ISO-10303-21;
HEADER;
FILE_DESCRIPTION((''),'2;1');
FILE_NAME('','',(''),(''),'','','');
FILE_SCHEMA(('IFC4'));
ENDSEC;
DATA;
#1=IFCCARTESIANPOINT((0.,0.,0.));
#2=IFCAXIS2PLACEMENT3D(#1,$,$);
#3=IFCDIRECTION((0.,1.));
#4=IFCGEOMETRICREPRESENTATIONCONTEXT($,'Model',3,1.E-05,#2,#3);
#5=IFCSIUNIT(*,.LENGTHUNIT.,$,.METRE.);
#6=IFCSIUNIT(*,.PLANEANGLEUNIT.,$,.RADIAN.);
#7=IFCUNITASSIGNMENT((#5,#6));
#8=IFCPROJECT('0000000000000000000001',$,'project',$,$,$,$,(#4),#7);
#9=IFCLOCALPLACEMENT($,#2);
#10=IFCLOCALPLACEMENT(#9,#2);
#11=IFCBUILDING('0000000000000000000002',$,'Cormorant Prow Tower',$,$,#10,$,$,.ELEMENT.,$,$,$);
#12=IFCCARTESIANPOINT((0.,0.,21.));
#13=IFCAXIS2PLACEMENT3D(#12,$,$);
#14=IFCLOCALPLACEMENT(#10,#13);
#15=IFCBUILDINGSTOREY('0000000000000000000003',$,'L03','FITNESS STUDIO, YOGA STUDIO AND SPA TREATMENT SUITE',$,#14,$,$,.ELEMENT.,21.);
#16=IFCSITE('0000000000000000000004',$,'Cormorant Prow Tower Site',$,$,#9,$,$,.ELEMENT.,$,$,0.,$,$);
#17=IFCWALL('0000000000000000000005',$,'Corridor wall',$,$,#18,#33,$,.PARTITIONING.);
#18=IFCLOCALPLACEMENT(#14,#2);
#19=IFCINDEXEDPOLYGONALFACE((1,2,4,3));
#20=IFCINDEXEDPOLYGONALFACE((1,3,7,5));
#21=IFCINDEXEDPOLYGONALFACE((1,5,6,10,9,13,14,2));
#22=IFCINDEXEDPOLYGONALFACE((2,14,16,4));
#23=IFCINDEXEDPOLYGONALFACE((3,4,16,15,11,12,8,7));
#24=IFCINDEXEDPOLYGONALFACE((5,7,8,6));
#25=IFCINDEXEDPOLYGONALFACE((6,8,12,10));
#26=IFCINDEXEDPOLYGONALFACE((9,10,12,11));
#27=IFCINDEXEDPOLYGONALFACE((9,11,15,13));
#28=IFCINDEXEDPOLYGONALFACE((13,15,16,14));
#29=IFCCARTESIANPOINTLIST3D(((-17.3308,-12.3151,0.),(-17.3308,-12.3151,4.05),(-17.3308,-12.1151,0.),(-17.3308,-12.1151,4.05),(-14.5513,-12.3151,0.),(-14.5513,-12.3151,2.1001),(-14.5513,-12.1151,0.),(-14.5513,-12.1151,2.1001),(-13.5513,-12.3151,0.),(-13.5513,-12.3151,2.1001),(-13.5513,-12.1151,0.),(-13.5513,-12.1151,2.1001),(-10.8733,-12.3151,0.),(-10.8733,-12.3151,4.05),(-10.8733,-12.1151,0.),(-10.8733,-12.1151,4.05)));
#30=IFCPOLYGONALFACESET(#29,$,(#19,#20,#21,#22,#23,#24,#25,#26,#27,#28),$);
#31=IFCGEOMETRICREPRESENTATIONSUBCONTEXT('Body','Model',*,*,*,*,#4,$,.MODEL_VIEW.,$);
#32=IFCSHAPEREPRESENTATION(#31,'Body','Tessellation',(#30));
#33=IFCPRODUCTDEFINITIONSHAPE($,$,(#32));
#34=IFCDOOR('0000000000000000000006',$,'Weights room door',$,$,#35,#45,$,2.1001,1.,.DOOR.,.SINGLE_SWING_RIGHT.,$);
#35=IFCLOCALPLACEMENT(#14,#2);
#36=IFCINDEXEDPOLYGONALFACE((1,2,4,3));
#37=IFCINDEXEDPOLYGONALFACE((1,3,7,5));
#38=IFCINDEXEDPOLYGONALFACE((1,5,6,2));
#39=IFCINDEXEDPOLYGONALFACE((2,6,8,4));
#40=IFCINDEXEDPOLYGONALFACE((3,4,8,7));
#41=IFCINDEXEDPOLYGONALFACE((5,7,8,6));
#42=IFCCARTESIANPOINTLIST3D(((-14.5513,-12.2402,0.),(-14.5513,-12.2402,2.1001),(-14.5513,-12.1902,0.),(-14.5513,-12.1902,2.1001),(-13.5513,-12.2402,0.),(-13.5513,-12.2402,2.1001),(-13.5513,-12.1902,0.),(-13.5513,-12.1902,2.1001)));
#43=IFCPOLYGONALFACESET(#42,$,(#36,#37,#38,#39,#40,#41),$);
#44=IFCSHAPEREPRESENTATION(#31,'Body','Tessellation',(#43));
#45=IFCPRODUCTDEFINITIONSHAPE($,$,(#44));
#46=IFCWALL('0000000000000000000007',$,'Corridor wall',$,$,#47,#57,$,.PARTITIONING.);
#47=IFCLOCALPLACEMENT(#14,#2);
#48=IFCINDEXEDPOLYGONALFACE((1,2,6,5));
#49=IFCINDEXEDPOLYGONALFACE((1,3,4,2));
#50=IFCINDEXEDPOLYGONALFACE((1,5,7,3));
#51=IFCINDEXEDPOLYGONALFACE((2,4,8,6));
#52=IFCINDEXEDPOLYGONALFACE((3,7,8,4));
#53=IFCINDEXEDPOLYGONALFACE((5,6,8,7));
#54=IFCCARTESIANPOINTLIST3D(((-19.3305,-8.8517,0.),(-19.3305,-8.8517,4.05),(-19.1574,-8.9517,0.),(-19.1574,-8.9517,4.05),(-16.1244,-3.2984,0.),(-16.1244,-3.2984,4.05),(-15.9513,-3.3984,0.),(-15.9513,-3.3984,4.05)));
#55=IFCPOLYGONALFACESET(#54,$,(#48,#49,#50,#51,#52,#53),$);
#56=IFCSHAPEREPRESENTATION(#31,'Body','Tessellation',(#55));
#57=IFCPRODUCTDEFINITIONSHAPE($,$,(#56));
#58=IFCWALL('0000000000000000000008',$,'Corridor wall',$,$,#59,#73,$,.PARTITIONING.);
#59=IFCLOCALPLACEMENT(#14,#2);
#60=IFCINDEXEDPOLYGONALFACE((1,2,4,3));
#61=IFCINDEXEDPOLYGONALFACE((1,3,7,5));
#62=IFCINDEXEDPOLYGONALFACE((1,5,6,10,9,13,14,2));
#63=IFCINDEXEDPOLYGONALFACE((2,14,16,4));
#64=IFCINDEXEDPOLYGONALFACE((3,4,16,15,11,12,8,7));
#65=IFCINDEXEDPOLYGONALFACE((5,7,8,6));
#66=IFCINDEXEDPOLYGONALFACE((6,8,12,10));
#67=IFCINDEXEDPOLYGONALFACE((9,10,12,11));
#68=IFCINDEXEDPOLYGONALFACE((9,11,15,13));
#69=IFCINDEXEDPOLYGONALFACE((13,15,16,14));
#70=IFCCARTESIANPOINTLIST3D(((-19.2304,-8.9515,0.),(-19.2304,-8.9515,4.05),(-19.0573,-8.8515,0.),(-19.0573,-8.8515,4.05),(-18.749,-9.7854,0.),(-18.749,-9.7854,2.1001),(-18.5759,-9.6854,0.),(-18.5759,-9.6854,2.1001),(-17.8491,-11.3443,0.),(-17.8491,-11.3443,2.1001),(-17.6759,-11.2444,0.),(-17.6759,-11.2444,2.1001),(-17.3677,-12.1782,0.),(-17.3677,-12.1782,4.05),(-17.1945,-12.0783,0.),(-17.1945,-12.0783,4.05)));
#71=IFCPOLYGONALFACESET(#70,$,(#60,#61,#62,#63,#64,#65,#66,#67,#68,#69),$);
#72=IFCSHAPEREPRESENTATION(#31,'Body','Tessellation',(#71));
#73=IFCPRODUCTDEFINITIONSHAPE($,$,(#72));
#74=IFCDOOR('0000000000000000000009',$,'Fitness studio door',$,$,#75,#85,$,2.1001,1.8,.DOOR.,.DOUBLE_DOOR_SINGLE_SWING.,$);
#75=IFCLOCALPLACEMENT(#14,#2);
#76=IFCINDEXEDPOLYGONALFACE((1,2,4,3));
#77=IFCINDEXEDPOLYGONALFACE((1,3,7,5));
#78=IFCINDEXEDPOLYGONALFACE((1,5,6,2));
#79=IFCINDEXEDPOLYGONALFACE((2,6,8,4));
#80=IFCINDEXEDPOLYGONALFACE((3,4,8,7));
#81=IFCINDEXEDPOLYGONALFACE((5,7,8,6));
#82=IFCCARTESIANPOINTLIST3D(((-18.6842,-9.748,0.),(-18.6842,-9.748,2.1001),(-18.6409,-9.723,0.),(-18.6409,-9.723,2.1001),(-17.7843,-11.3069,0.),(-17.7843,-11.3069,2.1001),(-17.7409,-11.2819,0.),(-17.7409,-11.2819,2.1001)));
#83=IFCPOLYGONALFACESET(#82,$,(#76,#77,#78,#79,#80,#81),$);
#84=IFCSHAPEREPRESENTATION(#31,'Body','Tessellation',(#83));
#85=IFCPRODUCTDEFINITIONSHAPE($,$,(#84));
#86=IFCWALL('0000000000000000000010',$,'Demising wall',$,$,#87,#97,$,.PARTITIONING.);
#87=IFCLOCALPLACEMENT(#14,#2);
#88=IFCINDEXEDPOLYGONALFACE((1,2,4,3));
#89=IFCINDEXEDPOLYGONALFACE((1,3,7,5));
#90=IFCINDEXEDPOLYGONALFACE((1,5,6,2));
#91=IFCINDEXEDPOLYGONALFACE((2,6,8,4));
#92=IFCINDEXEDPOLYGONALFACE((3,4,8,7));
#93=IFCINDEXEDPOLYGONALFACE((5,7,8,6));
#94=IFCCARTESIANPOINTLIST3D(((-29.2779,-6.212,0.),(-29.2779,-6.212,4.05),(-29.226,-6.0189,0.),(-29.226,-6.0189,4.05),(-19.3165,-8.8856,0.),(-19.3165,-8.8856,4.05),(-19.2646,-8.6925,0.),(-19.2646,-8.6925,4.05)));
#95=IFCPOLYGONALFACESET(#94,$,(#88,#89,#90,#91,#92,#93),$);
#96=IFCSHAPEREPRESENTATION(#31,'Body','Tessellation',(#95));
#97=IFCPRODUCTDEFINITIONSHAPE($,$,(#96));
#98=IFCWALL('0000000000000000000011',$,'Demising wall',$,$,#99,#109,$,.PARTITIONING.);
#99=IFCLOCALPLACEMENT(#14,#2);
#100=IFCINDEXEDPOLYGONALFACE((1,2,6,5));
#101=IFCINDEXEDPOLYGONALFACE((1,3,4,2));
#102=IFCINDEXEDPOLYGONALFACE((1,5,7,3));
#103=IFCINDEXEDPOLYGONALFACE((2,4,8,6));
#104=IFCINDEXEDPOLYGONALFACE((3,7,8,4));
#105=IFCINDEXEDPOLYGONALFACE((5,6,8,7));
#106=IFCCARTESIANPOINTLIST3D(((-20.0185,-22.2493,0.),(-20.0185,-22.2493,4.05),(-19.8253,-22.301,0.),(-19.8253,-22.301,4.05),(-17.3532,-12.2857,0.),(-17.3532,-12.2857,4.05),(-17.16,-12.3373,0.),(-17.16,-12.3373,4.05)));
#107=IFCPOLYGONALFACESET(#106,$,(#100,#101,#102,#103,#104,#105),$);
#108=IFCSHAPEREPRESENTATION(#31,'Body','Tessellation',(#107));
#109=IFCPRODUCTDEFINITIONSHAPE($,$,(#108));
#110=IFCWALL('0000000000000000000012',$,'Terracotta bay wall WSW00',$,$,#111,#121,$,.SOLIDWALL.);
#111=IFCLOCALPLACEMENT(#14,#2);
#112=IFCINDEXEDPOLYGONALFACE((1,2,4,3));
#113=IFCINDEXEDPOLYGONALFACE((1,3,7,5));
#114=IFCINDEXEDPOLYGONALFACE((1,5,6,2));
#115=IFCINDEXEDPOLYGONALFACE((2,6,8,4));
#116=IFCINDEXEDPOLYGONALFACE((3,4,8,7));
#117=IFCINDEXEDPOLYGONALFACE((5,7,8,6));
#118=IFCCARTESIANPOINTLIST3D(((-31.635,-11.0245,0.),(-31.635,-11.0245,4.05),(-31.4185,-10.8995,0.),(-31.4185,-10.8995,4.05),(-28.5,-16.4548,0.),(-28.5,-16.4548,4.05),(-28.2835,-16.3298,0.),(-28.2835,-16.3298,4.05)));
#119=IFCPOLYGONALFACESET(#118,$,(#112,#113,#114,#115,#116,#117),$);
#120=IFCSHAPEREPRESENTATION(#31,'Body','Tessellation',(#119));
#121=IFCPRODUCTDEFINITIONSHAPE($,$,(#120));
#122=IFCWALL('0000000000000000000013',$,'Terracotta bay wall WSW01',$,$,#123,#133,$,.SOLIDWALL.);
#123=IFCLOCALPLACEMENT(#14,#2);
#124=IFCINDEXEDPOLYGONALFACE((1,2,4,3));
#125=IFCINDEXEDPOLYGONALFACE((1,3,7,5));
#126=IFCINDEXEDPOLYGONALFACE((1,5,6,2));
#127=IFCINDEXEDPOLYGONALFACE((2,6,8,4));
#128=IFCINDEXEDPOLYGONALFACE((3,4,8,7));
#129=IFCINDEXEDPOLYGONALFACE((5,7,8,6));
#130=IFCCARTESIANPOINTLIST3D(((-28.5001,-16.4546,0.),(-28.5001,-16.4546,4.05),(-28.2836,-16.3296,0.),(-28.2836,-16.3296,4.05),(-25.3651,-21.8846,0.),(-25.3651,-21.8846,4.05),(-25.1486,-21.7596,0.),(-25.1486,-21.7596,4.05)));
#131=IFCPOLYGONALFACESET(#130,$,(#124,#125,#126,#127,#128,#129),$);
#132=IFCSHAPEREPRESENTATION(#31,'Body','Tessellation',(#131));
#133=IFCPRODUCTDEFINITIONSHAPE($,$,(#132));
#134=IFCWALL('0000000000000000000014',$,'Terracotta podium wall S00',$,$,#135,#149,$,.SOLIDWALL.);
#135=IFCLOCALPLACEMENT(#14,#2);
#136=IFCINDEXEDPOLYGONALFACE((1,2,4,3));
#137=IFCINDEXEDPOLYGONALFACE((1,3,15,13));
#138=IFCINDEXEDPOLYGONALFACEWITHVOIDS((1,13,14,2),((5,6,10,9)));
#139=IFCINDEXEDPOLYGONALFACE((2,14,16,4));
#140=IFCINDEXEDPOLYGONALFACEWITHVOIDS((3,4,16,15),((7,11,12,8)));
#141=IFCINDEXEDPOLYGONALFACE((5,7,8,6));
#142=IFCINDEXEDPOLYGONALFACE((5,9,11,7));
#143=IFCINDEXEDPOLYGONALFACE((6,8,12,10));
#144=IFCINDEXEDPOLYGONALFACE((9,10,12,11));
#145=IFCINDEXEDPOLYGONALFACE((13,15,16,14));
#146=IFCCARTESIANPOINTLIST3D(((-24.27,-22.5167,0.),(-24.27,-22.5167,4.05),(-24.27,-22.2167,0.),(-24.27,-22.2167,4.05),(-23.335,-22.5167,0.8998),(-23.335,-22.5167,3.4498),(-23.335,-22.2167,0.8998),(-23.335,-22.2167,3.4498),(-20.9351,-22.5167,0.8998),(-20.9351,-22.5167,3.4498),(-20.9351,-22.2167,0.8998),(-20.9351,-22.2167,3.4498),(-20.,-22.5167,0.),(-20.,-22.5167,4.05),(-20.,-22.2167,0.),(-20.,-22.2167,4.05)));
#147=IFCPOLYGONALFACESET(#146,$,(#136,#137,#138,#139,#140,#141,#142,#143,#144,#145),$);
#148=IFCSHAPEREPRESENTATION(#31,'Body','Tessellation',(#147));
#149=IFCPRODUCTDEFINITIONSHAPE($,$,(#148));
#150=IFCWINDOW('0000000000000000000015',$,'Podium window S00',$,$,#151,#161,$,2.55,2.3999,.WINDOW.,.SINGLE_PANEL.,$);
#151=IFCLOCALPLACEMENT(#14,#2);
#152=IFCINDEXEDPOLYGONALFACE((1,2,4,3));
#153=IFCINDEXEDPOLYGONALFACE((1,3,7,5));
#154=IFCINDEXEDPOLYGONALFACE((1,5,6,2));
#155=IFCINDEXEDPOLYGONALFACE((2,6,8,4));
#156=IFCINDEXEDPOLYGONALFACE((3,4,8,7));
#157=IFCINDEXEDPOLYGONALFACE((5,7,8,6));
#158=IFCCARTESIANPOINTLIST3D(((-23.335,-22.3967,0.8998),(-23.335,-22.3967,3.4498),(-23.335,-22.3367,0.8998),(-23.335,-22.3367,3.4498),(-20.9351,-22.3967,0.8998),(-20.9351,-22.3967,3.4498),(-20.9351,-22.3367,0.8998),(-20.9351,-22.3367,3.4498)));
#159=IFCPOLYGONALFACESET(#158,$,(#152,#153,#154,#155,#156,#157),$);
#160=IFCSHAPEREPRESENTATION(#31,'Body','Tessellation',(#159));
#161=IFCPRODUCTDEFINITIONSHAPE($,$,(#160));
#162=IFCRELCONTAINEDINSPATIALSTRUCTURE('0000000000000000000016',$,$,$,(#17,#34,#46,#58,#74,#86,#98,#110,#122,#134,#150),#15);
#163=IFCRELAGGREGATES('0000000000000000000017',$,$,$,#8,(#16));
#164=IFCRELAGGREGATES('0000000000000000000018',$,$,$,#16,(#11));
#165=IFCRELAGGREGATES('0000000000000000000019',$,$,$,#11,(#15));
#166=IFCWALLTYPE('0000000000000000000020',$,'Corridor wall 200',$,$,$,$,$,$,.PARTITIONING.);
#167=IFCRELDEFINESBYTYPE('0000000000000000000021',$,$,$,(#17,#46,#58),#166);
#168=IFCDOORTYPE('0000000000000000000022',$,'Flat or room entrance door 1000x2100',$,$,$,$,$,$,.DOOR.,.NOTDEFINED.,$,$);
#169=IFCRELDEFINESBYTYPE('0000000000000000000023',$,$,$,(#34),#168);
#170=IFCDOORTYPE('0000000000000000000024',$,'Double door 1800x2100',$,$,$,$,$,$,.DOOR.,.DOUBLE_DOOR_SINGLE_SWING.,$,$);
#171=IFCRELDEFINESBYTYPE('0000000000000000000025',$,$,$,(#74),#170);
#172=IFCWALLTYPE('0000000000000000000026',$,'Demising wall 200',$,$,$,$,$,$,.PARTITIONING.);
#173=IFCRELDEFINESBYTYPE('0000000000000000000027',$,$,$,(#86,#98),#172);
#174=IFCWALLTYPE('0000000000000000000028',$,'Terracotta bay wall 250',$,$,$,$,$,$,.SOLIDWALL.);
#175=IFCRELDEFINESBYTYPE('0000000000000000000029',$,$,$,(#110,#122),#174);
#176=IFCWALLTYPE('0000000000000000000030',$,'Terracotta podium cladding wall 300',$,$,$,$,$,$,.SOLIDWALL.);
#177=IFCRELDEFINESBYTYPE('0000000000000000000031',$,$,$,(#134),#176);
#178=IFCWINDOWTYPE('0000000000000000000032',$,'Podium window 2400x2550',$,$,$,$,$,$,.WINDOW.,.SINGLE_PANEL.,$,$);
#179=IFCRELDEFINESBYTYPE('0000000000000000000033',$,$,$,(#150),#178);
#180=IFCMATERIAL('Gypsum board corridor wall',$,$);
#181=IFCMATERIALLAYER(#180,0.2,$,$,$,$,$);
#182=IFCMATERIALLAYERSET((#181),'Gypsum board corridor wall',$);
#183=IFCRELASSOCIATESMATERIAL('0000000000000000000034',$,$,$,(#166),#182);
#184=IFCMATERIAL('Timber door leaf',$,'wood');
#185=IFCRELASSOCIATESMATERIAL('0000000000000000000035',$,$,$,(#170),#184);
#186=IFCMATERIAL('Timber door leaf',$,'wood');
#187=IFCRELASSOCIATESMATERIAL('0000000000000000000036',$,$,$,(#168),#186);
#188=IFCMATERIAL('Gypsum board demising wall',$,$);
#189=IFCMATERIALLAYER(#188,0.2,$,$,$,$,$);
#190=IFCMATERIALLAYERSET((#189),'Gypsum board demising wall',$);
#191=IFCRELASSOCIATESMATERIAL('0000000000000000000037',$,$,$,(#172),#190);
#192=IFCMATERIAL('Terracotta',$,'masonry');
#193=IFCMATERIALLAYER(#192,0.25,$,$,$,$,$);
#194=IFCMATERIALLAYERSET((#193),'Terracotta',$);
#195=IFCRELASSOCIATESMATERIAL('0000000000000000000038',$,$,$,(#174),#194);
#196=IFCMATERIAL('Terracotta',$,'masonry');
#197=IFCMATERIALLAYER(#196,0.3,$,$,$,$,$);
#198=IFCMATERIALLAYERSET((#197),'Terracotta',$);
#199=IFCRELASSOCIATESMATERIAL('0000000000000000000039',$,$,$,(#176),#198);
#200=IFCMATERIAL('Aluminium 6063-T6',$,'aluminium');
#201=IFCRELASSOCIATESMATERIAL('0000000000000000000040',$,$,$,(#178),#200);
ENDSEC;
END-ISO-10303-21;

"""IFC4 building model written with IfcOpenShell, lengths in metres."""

from ifc_helpers import new_model, si_unit, direction, frame, frame_2d, origin, place, context, subcontext, project, spatial, rectangle, extrude, material, layer, layer_set, type_object, element, fill, save


model = new_model("IFC4")

# Units and contexts
model_context = context("Model", 3, precision=1e-05, world=origin(), true_north=direction((0.0, 1.0)))
body_context = subcontext(model_context, "Body", "Model", "MODEL_VIEW")
ifc_project = project(units=[si_unit("LENGTHUNIT", "METRE"), si_unit("PLANEANGLEUNIT", "RADIAN")], contexts=[model_context])

# Site, building, storey
site_placement = place(None, origin())
site = spatial("IfcSite", under=ifc_project, at=site_placement, Name="Cormorant Prow Tower Site", CompositionType="ELEMENT", RefElevation=0.0)
building_placement = place(site_placement, origin())
building = spatial("IfcBuilding", under=site, at=building_placement, Name="Cormorant Prow Tower", CompositionType="ELEMENT")
storey_placement = place(building_placement, frame((0.0, 0.0, 21.0)))
storey = spatial("IfcBuildingStorey", under=building, at=storey_placement, Name="L03", Description="FITNESS STUDIO, YOGA STUDIO AND SPA TREATMENT SUITE", CompositionType="ELEMENT", Elevation=21.0)

# Wall, opening, door
ifc_material_1 = material(Name="Gypsum board corridor wall")
ifc_layer_1 = layer(ifc_material_1, 0.2)
ifc_layer_set_1 = layer_set([ifc_layer_1], Name="Gypsum board corridor wall")
wall_type_1 = type_object("IfcWallType", Name="Corridor wall 200", PredefinedType="PARTITIONING", material=ifc_layer_set_1)
ifc_material_2 = material(Name="Timber door leaf", Category="wood")
door_type_1 = type_object("IfcDoorType", Name="Double door 1800x2100", OperationType="DOUBLE_DOOR_SINGLE_SWING", PredefinedType="DOOR", material=ifc_material_2)
wall_1_placement = place(storey_placement, frame((-17.3308, -12.2151, 0.0), z_axis=(0.0, 0.0, 1.0), x_axis=(1.0, 0.0, 0.0)))
wall_1 = element("IfcWall", 1, at=wall_1_placement, inside=storey, type_object=wall_type_1, Name="Corridor wall", PredefinedType="PARTITIONING", context=body_context, shape_type="SweptSolid", body=[
    extrude(rectangle(XDim=6.4575, YDim=0.2, at=frame_2d((3.2288, 0.0))), origin(), (0.0, 0.0, 1.0), 4.05),
])
opening_1_placement = place(wall_1_placement, frame((2.7795, 0.0, 0.0)))
opening_1 = element("IfcOpeningElement", 2, at=opening_1_placement, cuts=wall_1, PredefinedType="OPENING", context=body_context, shape_type="SweptSolid", body=[
    extrude(rectangle(XDim=1.0, YDim=2.1001, at=frame_2d((0.5, 1.05))), frame((0.0, 0.1099, 0.0), z_axis=(0.0, -1.0, 0.0), x_axis=(1.0, 0.0, 0.0)), (0.0, 0.0, 1.0), 0.22),
])
ifc_material_3 = material(Name="Timber door leaf", Category="wood")
door_type_2 = type_object("IfcDoorType", Name="Flat or room entrance door 1000x2100", OperationType="NOTDEFINED", PredefinedType="DOOR", material=ifc_material_3)
door_1_placement = place(opening_1_placement, origin())
door_1 = element("IfcDoor", 3, at=door_1_placement, inside=storey, type_object=door_type_2, Name="Weights room door", OperationType="SINGLE_SWING_RIGHT", OverallHeight=2.1001, OverallWidth=1.0, PredefinedType="DOOR", context=body_context, shape_type="SweptSolid", body=[
    extrude(rectangle(XDim=1.0, YDim=2.1001, at=frame_2d((0.5, 1.05))), frame((0.0, 0.0249, 0.0), z_axis=(0.0, -1.0, 0.0), x_axis=(1.0, 0.0, 0.0)), (0.0, 0.0, 1.0), 0.05),
])
fill(opening_1, door_1)

# Wall
wall_2_placement = place(storey_placement, frame((-19.2439, -8.9016, 0.0), z_axis=(0.0, 0.0, 1.0), x_axis=(0.499988, 0.866032, 0.0)))
element("IfcWall", 4, at=wall_2_placement, inside=storey, type_object=wall_type_1, Name="Corridor wall", PredefinedType="PARTITIONING", context=body_context, shape_type="SweptSolid", body=[
    extrude(rectangle(XDim=6.4124, YDim=0.2, at=frame_2d((3.2061, 0.0))), origin(), (0.0, 0.0, 1.0), 4.05),
])

# Wall, opening, door
wall_3_placement = place(storey_placement, frame((-19.1438, -8.9016, 0.0), z_axis=(0.0, 0.0, 1.0), x_axis=(0.499959, -0.866049, 0.0)))
wall_3 = element("IfcWall", 5, at=wall_3_placement, inside=storey, type_object=wall_type_1, Name="Corridor wall", PredefinedType="PARTITIONING", context=body_context, shape_type="SweptSolid", body=[
    extrude(rectangle(XDim=3.7258, YDim=0.2, at=frame_2d((1.8628, 0.0))), origin(), (0.0, 0.0, 1.0), 4.05),
])
opening_2_placement = place(wall_3_placement, frame((0.9629, 0.0, 0.0)))
opening_2 = element("IfcOpeningElement", 6, at=opening_2_placement, cuts=wall_3, PredefinedType="OPENING", context=body_context, shape_type="SweptSolid", body=[
    extrude(rectangle(XDim=1.8, YDim=2.1001, at=frame_2d((0.8999, 1.05))), frame((0.0, 0.1099, 0.0), z_axis=(0.0, -1.0, 0.0), x_axis=(1.0, 0.0, 0.0)), (0.0, 0.0, 1.0), 0.22),
])
door_2_placement = place(opening_2_placement, origin())
door_2 = element("IfcDoor", 7, at=door_2_placement, inside=storey, type_object=door_type_1, Name="Fitness studio door", OperationType="DOUBLE_DOOR_SINGLE_SWING", OverallHeight=2.1001, OverallWidth=1.8, PredefinedType="DOOR", context=body_context, shape_type="SweptSolid", body=[
    extrude(rectangle(XDim=1.8, YDim=2.1001, at=frame_2d((0.8999, 1.05))), frame((0.0, 0.0249, 0.0), z_axis=(0.0, -1.0, 0.0), x_axis=(1.0, 0.0, 0.0)), (0.0, 0.0, 1.0), 0.05),
])
fill(opening_2, door_2)

# Walls
ifc_material_4 = material(Name="Gypsum board demising wall")
ifc_layer_2 = layer(ifc_material_4, 0.2)
ifc_layer_set_2 = layer_set([ifc_layer_2], Name="Gypsum board demising wall")
wall_type_2 = type_object("IfcWallType", Name="Demising wall 200", PredefinedType="PARTITIONING", material=ifc_layer_set_2)
for number, where, z_axis, x_axis, name in (
    (8, (-29.252, -6.1155, 0.0), (0.0, 0.0, 1.0), (0.965818, -0.25922, 0.0), "Demising wall"),
    (9, (-19.9219, -22.2751, 0.0), (0.0, 0.0, 1.0), (0.258415, 0.966034, 0.0), "Demising wall"),
):
    element("IfcWall", number, at=place(storey_placement, frame(where, z_axis=z_axis, x_axis=x_axis)), inside=storey, type_object=wall_type_2, Name=name, PredefinedType="PARTITIONING", context=body_context, shape_type="SweptSolid", body=[
        extrude(rectangle(XDim=10.314, YDim=0.2, at=frame_2d((5.157, 0.0))), origin(), (0.0, 0.0, 1.0), 4.05),
    ])
ifc_material_5 = material(Name="Terracotta", Category="masonry")
ifc_layer_3 = layer(ifc_material_5, 0.25)
ifc_layer_set_3 = layer_set([ifc_layer_3], Name="Terracotta")
wall_type_3 = type_object("IfcWallType", Name="Terracotta bay wall 250", PredefinedType="SOLIDWALL", material=ifc_layer_set_3)
wall_4_placement = place(storey_placement, frame((-31.5269, -10.9619, 0.0), z_axis=(0.0, 0.0, 1.0), x_axis=(0.499988, -0.866033, 0.0)))
element("IfcWall", 10, at=wall_4_placement, inside=storey, type_object=wall_type_3, Name="Terracotta bay wall WSW00", PredefinedType="SOLIDWALL", context=body_context, shape_type="SweptSolid", body=[
    extrude(rectangle(XDim=6.2703, YDim=0.25, at=frame_2d((3.1353, 0.0))), origin(), (0.0, 0.0, 1.0), 4.05),
])
wall_5_placement = place(storey_placement, frame((-28.3918, -16.3921, 0.0), z_axis=(0.0, 0.0, 1.0), x_axis=(0.500004, -0.866023, 0.0)))
element("IfcWall", 11, at=wall_5_placement, inside=storey, type_object=wall_type_3, Name="Terracotta bay wall WSW01", PredefinedType="SOLIDWALL", context=body_context, shape_type="SweptSolid", body=[
    extrude(rectangle(XDim=6.27, YDim=0.25, at=frame_2d((3.135, 0.0))), origin(), (0.0, 0.0, 1.0), 4.05),
])

# Wall, opening, window
ifc_material_6 = material(Name="Terracotta", Category="masonry")
ifc_layer_4 = layer(ifc_material_6, 0.3)
ifc_layer_set_4 = layer_set([ifc_layer_4], Name="Terracotta")
wall_type_4 = type_object("IfcWallType", Name="Terracotta podium cladding wall 300", PredefinedType="SOLIDWALL", material=ifc_layer_set_4)
wall_6_placement = place(storey_placement, frame((-24.27, -22.3667, 0.0), z_axis=(0.0, 0.0, 1.0), x_axis=(1.0, 0.0, 0.0)))
wall_6 = element("IfcWall", 12, at=wall_6_placement, inside=storey, type_object=wall_type_4, Name="Terracotta podium wall S00", PredefinedType="SOLIDWALL", context=body_context, shape_type="SweptSolid", body=[
    extrude(rectangle(XDim=4.27, YDim=0.3, at=frame_2d((2.135, 0.0))), origin(), (0.0, 0.0, 1.0), 4.05),
])
opening_3_placement = place(wall_6_placement, frame((0.9351, 0.0, 0.8999)))
opening_3 = element("IfcOpeningElement", 13, at=opening_3_placement, cuts=wall_6, PredefinedType="OPENING", context=body_context, shape_type="SweptSolid", body=[
    extrude(rectangle(XDim=2.3999, YDim=2.55, at=frame_2d((1.2, 1.2749))), frame((0.0, 0.1599, 0.0), z_axis=(0.0, -1.0, 0.0), x_axis=(1.0, 0.0, 0.0)), (0.0, 0.0, 1.0), 0.3201),
])
ifc_material_7 = material(Name="Aluminium 6063-T6", Category="aluminium")
window_type = type_object("IfcWindowType", Name="Podium window 2400x2550", PartitioningType="SINGLE_PANEL", PredefinedType="WINDOW", material=ifc_material_7)
window_1_placement = place(opening_3_placement, origin())
window_1 = element("IfcWindow", 14, at=window_1_placement, inside=storey, type_object=window_type, Name="Podium window S00", OverallHeight=2.55, OverallWidth=2.3999, PartitioningType="SINGLE_PANEL", PredefinedType="WINDOW", context=body_context, shape_type="SweptSolid", body=[
    extrude(rectangle(XDim=2.3999, YDim=2.55, at=frame_2d((1.2, 1.2749))), frame((0.0, 0.03, 0.0), z_axis=(0.0, -1.0, 0.0), x_axis=(1.0, 0.0, 0.0)), (0.0, 0.0, 1.0), 0.0601),
])
fill(opening_3, window_1)

save(model, "model.ifc")
